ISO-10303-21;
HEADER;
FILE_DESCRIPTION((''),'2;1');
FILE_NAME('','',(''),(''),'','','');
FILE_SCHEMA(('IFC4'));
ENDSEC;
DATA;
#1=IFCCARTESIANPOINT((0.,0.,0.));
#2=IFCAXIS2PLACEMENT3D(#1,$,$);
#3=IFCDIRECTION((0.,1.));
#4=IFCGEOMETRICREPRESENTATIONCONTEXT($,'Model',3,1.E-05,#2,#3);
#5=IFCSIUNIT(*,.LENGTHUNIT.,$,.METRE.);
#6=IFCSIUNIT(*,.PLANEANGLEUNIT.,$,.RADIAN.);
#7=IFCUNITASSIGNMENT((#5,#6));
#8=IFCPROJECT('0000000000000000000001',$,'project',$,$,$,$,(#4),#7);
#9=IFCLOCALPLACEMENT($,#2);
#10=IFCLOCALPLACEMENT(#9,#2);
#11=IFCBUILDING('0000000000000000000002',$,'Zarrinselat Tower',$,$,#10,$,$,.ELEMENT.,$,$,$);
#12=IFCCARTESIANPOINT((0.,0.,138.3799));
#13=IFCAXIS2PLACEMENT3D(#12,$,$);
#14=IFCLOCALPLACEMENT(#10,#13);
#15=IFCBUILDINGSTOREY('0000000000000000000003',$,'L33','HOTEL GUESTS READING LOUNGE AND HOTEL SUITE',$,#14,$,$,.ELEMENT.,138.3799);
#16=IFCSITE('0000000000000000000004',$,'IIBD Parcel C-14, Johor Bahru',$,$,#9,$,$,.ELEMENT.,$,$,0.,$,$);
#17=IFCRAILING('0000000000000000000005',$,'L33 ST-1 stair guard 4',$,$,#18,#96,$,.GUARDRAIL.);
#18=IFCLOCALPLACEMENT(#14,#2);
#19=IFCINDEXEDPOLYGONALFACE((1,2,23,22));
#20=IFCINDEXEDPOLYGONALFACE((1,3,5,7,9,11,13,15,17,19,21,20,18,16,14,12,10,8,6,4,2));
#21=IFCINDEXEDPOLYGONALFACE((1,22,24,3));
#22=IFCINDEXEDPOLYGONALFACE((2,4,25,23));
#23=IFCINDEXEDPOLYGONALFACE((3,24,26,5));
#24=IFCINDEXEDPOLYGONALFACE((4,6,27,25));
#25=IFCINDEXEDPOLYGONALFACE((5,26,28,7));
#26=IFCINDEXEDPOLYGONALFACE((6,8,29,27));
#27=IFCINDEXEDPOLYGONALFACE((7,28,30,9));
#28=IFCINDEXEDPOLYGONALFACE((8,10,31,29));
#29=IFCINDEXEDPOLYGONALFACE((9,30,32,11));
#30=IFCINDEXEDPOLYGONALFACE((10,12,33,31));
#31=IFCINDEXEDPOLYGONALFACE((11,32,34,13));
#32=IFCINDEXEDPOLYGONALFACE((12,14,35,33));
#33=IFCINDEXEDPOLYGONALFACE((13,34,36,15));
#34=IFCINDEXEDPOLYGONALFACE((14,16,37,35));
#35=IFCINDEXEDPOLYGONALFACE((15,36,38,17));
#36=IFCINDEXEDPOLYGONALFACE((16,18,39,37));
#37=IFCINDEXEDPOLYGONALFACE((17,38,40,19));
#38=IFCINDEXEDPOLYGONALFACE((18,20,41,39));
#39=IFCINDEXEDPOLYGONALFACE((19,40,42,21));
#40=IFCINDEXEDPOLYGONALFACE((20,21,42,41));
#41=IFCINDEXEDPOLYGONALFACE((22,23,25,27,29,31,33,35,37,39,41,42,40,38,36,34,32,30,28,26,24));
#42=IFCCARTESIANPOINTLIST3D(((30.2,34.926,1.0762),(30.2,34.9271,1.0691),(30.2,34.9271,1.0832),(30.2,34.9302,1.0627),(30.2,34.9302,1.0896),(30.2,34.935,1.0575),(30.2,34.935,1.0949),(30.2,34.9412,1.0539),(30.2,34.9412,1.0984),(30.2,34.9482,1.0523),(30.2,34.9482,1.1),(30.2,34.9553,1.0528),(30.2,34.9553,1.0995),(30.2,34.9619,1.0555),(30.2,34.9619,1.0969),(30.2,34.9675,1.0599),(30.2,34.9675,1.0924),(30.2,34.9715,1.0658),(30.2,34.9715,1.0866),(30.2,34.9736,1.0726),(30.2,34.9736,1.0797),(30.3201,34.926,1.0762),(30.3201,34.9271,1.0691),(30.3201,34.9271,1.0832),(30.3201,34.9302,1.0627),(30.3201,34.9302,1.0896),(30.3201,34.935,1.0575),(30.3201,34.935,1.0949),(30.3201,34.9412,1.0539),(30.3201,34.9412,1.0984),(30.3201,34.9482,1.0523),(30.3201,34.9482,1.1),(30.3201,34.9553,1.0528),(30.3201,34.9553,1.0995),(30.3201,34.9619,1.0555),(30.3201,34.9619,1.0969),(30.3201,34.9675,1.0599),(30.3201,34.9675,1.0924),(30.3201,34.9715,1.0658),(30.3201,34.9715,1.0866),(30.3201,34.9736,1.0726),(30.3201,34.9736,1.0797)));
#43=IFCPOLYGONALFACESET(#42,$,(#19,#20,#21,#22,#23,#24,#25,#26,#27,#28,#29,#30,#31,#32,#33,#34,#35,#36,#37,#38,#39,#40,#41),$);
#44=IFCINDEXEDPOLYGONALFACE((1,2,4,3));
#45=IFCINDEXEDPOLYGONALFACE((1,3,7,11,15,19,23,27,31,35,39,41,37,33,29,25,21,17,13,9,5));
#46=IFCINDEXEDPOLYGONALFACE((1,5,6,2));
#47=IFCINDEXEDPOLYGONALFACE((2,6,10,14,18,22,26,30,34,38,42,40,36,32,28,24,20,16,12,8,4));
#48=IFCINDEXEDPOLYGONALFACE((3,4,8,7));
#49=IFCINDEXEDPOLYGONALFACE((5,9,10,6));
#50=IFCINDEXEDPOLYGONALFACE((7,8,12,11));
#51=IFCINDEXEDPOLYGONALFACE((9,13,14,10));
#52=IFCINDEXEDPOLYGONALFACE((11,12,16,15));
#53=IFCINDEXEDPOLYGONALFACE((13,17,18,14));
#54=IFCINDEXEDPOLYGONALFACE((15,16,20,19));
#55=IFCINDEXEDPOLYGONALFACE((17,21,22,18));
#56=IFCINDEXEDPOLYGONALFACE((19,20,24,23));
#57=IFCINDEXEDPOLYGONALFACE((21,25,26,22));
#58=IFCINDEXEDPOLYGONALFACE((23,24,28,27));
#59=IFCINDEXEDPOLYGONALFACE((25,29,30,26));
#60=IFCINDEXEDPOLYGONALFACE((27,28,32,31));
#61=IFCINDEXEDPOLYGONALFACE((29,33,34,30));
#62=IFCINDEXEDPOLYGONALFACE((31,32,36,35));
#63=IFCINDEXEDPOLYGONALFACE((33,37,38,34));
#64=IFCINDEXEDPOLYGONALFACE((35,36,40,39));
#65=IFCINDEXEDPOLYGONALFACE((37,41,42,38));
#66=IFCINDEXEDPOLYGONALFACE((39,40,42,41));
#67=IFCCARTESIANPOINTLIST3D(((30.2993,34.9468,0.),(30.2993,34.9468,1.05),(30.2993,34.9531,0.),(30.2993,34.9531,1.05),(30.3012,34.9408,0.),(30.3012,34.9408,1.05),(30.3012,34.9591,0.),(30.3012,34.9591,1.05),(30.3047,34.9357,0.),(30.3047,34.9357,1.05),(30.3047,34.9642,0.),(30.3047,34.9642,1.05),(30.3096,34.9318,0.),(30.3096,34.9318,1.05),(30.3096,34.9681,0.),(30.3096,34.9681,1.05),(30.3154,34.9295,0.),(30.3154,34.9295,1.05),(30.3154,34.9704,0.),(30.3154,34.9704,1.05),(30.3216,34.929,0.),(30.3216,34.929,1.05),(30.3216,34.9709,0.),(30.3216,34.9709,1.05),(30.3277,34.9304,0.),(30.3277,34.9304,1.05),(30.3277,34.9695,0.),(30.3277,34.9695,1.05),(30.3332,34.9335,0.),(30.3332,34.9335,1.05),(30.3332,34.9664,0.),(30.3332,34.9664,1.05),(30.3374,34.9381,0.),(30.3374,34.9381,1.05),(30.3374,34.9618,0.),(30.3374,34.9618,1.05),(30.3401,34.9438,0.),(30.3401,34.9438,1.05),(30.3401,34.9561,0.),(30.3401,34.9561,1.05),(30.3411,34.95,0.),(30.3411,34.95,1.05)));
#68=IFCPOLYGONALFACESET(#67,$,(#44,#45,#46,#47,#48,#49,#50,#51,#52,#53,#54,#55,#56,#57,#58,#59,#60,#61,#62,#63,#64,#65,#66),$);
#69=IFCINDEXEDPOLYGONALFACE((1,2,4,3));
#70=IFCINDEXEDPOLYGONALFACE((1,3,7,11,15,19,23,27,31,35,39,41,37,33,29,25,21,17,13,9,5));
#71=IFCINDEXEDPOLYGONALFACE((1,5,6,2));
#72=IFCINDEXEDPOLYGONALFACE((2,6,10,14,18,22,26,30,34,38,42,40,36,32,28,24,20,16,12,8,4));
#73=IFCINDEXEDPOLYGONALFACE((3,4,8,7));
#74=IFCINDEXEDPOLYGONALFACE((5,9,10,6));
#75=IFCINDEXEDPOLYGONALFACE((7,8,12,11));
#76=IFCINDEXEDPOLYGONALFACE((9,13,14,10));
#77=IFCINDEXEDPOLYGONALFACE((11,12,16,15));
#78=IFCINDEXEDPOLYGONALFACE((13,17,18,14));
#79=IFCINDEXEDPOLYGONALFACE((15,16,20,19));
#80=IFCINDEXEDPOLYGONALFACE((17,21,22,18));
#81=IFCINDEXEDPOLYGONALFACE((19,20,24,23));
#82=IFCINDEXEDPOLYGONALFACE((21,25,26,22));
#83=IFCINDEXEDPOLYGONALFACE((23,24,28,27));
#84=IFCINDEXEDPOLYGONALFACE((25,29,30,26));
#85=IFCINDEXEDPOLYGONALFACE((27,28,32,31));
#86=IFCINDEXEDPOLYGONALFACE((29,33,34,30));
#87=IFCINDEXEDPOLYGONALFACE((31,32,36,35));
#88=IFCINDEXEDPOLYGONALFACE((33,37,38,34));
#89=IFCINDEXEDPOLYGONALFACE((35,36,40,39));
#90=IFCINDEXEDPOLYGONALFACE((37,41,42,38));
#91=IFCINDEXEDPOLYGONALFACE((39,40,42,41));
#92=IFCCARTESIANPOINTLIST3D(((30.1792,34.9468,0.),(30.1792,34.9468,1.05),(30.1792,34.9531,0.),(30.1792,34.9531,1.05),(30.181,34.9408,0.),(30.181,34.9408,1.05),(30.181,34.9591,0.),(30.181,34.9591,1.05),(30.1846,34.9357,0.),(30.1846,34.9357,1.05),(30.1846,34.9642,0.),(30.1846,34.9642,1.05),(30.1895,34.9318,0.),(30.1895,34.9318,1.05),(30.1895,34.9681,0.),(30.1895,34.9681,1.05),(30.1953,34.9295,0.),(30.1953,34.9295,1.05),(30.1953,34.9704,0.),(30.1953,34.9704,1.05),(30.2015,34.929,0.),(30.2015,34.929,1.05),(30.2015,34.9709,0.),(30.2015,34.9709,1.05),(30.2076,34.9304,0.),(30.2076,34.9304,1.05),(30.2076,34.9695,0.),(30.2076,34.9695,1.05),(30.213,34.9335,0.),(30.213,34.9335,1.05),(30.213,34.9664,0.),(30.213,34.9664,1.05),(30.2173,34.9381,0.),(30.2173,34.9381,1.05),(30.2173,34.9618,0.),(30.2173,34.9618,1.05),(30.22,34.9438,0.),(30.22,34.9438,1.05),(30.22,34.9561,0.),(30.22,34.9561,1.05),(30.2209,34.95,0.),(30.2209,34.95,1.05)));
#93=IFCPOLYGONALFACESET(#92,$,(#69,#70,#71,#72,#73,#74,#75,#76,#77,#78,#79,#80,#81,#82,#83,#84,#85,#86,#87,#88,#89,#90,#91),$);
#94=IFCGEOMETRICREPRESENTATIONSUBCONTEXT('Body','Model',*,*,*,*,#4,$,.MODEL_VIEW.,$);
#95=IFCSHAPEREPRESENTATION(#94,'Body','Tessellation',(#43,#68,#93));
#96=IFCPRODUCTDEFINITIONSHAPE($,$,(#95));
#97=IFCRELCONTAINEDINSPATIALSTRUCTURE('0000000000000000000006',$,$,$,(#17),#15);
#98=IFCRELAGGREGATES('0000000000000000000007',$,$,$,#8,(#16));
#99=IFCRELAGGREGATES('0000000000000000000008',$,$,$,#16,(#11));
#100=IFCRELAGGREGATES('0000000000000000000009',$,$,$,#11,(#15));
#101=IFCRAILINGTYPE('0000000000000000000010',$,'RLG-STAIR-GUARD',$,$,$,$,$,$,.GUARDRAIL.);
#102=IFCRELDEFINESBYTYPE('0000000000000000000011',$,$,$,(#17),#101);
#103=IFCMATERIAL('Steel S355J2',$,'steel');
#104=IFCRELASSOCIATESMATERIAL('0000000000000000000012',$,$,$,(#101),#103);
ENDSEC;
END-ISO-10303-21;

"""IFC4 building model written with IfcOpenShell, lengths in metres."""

from ifc_helpers import new_model, si_unit, direction, frame, origin, origin_2d, place, context, subcontext, project, spatial, circle, extrude, material, type_object, element, save


model = new_model("IFC4")

# Units and contexts
model_context = context("Model", 3, precision=1e-05, world=origin(), true_north=direction((0.0, 1.0)))
body_context = subcontext(model_context, "Body", "Model", "MODEL_VIEW")
ifc_project = project(units=[si_unit("LENGTHUNIT", "METRE"), si_unit("PLANEANGLEUNIT", "RADIAN")], contexts=[model_context])

# Site, building, storey
site_placement = place(None, origin())
site = spatial("IfcSite", under=ifc_project, at=site_placement, Name="IIBD Parcel C-14, Johor Bahru", CompositionType="ELEMENT", RefElevation=0.0)
building_placement = place(site_placement, origin())
building = spatial("IfcBuilding", under=site, at=building_placement, Name="Zarrinselat Tower", CompositionType="ELEMENT")
storey_placement = place(building_placement, frame((0.0, 0.0, 138.3799)))
storey = spatial("IfcBuildingStorey", under=building, at=storey_placement, Name="L33", Description="HOTEL GUESTS READING LOUNGE AND HOTEL SUITE", CompositionType="ELEMENT", Elevation=138.3799)

# Railing
ifc_material_1 = material(Name="Steel S355J2", Category="steel")
railing_type_1 = type_object("IfcRailingType", Name="RLG-STAIR-GUARD", PredefinedType="GUARDRAIL", material=ifc_material_1)
railing_1_placement = place(storey_placement, frame((30.3201, 34.95, 0.0)))
element("IfcRailing", 1, at=railing_1_placement, inside=storey, type_object=railing_type_1, Name="L33 ST-1 stair guard 4", PredefinedType="GUARDRAIL", context=body_context, shape_type="SweptSolid", body=[
    extrude(circle(Radius=0.0239, at=origin_2d()), frame((0.0, 0.0, 1.0762), z_axis=(-1.0, 0.0, 0.0), x_axis=(0.0, -1.0, 0.0)), (0.0, 0.0, 1.0), 0.1201),
    extrude(circle(Radius=0.021, at=origin_2d()), origin(), (0.0, 0.0, 1.0), 1.05),
    extrude(circle(Radius=0.021, at=origin_2d()), frame((-0.1201, 0.0, 0.0)), (0.0, 0.0, 1.0), 1.05),
])

save(model, "model.ifc")
